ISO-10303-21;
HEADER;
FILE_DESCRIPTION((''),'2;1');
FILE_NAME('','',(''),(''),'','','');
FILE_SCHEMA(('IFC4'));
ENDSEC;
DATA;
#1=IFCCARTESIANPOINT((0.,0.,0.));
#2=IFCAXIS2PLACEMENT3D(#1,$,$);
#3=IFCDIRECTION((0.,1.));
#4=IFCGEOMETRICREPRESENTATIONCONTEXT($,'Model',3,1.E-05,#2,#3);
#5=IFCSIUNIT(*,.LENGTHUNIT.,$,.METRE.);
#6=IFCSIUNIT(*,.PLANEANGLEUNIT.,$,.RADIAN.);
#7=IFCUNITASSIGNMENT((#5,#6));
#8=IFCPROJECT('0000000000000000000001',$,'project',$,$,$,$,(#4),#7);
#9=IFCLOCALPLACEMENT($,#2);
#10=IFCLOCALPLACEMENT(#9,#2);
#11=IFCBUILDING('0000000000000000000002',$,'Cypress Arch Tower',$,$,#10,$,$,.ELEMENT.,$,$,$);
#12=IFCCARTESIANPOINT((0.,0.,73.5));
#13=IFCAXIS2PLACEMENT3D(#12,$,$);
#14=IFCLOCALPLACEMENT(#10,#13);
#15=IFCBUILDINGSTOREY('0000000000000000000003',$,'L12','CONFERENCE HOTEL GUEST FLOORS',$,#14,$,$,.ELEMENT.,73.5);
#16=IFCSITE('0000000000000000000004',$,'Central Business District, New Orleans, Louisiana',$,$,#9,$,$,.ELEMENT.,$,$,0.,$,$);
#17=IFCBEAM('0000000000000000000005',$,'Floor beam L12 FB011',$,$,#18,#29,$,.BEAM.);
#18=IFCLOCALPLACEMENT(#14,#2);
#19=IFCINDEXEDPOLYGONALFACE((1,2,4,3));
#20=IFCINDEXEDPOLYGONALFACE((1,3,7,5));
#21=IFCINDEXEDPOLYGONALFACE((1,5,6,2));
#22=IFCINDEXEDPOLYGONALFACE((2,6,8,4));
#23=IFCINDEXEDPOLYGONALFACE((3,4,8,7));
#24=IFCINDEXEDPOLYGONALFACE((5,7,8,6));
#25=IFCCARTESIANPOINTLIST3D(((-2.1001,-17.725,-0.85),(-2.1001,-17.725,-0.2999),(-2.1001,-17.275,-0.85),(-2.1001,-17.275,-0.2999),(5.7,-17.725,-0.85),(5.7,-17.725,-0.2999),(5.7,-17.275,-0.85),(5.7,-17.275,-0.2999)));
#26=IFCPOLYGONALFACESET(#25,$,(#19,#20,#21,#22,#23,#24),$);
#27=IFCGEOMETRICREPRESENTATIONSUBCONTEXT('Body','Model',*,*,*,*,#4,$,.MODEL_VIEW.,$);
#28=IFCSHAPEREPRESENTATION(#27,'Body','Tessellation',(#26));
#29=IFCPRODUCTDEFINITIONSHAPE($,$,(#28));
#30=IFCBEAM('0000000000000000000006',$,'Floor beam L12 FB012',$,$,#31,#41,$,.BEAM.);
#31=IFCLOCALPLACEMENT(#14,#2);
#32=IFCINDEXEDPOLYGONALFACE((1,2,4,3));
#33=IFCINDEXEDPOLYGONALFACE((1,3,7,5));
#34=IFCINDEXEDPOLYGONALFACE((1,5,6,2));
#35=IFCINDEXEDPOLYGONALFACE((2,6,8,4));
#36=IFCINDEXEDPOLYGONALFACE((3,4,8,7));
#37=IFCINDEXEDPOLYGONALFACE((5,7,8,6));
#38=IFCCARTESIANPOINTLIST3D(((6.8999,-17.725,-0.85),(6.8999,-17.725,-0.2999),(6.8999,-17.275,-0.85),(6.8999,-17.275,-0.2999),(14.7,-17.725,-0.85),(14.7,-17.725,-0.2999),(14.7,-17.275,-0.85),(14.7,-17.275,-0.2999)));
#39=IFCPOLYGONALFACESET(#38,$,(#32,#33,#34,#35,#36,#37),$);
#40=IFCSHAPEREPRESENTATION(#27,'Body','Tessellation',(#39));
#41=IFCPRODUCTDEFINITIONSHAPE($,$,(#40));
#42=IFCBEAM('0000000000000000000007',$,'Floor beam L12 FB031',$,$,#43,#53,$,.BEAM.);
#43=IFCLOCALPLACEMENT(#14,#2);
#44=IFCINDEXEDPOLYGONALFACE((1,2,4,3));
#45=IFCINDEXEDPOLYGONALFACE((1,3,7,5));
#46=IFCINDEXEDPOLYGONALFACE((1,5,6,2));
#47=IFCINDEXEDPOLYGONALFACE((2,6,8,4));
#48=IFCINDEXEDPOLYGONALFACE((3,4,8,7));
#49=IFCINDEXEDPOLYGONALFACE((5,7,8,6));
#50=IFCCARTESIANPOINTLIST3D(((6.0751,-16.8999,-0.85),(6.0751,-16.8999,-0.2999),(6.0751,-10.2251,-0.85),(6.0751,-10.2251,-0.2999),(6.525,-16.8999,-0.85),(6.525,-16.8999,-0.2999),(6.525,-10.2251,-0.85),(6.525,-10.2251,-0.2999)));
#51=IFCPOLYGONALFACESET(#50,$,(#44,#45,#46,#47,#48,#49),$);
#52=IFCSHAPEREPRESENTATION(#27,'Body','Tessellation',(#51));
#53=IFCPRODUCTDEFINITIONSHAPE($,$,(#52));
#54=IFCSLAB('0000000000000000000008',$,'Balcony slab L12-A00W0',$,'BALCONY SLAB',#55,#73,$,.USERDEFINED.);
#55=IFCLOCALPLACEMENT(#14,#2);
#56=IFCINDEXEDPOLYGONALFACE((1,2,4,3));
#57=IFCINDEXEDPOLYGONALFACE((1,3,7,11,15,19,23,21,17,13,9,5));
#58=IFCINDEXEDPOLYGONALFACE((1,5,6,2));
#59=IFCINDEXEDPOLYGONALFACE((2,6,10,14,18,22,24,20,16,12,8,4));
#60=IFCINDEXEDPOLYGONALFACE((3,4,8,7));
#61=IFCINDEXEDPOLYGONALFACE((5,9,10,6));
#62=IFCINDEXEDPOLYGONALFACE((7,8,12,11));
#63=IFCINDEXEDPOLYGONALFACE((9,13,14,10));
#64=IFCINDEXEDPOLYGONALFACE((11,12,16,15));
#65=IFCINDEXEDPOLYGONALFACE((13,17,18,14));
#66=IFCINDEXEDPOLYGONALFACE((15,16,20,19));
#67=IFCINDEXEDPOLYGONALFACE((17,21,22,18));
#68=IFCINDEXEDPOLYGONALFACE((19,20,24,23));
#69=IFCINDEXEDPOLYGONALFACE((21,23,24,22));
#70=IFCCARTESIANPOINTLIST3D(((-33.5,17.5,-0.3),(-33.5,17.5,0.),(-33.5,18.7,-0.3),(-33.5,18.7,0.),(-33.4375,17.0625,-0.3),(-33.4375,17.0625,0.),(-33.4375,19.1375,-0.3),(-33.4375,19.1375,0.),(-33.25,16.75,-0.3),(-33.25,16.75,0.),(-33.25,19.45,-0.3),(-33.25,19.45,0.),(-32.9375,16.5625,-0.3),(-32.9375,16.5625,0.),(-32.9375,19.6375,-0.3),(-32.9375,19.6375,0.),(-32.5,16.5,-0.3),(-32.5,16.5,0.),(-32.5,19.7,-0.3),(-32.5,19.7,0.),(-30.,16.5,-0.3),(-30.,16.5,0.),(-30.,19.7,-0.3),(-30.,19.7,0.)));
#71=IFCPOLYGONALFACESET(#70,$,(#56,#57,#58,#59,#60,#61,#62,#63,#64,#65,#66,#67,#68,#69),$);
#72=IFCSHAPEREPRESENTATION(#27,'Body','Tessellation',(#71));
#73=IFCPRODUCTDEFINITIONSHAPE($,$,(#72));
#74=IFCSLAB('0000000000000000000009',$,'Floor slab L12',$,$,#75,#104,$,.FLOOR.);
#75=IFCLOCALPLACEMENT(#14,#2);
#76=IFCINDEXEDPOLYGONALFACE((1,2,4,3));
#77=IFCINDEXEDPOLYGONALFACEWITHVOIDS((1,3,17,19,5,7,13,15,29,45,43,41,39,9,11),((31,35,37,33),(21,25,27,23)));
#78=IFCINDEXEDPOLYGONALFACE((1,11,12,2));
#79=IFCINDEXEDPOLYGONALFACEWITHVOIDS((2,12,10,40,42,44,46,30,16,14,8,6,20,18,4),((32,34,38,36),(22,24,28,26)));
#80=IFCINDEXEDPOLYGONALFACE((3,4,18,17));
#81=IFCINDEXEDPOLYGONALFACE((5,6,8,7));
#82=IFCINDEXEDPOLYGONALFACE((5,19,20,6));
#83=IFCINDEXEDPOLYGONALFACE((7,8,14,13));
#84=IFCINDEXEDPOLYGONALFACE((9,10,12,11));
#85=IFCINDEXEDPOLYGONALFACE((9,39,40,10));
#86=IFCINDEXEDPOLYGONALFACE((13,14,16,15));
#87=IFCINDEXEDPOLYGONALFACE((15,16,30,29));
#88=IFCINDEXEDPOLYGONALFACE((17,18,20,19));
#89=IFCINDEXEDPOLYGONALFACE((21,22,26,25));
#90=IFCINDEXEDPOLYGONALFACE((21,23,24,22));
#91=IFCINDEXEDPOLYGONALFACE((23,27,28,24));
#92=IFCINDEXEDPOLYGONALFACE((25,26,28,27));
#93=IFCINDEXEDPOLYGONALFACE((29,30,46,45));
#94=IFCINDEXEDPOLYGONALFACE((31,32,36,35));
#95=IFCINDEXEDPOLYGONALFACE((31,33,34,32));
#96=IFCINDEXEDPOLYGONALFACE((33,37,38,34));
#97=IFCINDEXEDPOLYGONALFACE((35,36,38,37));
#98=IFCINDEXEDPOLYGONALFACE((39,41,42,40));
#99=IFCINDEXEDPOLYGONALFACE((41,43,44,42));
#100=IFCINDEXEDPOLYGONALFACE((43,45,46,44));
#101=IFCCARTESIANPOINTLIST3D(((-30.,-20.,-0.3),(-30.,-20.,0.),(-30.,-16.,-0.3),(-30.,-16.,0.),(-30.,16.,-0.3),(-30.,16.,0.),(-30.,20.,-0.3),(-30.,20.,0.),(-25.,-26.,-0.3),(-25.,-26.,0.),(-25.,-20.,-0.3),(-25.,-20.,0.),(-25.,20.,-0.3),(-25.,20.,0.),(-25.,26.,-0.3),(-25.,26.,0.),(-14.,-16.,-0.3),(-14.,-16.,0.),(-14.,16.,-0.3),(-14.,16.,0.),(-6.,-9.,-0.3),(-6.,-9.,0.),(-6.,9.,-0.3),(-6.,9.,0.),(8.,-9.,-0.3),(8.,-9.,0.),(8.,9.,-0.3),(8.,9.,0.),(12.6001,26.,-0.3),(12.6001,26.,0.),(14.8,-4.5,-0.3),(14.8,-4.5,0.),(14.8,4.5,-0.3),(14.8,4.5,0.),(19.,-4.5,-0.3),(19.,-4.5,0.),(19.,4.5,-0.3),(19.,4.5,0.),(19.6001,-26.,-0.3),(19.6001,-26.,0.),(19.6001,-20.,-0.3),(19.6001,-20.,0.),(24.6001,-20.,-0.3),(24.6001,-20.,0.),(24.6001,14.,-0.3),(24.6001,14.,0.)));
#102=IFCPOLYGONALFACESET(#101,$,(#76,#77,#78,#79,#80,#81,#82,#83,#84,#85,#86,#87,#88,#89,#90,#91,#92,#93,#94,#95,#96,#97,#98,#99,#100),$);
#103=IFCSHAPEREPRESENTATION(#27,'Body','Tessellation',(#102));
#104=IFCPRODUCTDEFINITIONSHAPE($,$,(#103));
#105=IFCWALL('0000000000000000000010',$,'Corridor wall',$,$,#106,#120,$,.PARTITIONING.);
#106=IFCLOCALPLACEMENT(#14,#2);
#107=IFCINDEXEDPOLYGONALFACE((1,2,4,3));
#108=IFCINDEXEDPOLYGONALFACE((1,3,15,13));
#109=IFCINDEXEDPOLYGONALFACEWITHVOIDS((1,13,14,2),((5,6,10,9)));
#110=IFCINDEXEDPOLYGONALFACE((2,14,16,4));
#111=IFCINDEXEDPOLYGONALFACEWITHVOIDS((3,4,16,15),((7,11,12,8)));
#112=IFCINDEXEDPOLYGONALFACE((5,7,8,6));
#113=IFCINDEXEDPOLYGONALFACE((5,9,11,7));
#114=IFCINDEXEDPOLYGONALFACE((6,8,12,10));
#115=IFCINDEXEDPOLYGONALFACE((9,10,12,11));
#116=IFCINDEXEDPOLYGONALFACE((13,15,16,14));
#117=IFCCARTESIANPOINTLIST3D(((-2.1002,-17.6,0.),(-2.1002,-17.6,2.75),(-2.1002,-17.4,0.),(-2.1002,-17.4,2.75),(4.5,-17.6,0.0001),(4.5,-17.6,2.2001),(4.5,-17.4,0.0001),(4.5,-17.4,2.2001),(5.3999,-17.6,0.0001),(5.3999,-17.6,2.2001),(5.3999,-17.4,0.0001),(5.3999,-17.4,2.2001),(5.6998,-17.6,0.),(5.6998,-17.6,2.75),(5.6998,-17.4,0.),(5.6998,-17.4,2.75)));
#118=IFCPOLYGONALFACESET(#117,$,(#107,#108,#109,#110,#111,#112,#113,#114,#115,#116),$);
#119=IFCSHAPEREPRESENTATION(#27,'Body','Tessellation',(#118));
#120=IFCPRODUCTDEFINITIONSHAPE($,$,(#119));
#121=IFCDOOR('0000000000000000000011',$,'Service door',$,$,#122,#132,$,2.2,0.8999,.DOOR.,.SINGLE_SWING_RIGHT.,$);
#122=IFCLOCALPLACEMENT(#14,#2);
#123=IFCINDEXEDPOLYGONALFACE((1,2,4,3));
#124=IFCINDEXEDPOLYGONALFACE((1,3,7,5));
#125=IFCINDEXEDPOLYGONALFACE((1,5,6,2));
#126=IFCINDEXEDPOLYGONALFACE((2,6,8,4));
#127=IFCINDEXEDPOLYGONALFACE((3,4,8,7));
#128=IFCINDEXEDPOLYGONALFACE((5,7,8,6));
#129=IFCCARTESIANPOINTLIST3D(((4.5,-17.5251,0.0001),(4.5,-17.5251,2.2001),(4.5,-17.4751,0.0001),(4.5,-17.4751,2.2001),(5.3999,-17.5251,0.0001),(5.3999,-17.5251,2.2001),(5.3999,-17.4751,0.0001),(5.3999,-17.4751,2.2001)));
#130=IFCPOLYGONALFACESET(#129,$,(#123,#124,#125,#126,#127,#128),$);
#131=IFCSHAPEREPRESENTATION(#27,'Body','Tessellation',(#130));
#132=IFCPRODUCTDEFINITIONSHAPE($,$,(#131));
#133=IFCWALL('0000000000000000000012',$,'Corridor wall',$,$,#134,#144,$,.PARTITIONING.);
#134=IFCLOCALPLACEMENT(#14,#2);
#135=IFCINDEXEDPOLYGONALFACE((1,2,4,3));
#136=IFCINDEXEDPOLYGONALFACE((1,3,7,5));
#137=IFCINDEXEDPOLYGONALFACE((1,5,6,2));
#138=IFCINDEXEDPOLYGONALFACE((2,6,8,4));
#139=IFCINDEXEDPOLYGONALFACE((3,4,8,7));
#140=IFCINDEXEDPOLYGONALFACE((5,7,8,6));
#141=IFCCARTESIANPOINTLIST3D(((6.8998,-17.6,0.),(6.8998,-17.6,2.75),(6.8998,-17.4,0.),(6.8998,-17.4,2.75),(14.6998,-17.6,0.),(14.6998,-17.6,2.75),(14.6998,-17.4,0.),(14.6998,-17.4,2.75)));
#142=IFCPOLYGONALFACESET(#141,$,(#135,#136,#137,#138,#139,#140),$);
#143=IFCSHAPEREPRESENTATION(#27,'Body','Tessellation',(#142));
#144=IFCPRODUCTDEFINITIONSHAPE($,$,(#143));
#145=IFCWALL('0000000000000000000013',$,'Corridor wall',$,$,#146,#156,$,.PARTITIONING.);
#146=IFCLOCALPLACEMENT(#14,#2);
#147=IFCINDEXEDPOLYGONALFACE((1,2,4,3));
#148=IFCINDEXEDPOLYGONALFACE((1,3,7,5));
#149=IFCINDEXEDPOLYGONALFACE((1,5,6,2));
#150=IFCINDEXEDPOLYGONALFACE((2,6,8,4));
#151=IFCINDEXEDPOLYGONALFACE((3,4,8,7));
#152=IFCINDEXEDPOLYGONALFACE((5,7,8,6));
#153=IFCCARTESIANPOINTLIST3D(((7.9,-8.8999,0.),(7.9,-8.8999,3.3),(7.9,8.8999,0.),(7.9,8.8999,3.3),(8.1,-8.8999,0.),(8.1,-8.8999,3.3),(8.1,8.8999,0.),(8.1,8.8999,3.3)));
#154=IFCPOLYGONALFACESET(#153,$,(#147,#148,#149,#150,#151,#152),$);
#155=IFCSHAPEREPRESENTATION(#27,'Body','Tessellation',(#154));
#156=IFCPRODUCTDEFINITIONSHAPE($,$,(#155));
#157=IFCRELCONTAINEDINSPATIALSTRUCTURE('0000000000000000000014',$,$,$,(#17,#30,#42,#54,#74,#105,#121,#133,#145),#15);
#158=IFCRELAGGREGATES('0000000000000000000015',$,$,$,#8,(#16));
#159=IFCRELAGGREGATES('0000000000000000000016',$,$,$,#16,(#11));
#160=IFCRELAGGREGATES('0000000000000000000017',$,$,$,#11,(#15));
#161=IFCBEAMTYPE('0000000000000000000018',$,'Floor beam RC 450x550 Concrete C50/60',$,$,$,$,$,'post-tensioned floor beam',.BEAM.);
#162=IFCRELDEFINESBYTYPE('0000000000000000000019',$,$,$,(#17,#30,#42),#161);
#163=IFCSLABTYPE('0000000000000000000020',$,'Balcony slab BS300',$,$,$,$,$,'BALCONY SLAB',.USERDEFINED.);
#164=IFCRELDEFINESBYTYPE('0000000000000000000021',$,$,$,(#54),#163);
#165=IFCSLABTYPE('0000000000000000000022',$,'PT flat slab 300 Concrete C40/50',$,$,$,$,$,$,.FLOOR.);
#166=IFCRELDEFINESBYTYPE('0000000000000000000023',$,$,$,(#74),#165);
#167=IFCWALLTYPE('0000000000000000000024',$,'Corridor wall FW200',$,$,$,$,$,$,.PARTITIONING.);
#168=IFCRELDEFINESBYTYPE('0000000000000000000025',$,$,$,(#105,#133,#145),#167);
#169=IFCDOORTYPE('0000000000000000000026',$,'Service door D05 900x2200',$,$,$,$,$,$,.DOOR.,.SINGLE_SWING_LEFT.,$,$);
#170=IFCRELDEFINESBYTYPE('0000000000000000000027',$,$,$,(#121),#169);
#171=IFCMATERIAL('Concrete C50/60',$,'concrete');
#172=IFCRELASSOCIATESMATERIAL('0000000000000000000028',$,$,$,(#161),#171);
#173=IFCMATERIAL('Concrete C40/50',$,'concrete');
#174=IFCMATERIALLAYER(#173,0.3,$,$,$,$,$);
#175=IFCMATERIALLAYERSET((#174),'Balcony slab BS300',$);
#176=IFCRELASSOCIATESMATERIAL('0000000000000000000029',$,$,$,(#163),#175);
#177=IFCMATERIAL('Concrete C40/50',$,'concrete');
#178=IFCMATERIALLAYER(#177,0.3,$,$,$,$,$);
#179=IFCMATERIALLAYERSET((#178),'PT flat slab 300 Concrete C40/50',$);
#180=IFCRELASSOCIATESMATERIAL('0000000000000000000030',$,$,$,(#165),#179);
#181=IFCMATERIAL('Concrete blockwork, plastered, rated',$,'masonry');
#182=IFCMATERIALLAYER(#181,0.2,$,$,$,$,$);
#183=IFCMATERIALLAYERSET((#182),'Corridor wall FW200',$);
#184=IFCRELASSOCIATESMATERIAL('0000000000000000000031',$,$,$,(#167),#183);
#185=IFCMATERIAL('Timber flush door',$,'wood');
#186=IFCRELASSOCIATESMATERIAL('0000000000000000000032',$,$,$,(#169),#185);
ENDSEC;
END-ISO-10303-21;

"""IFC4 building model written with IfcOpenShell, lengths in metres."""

from ifc_helpers import new_model, si_unit, direction, frame, frame_2d, origin, origin_2d, place, context, subcontext, project, spatial, polyline, rectangle, outline, extrude, material, layer, layer_set, material_profile, profile_set, type_object, element, fill, save


model = new_model("IFC4")

# Units and contexts
model_context = context("Model", 3, precision=1e-05, world=origin(), true_north=direction((0.0, 1.0)))
body_context = subcontext(model_context, "Body", "Model", "MODEL_VIEW")
ifc_project = project(units=[si_unit("LENGTHUNIT", "METRE"), si_unit("PLANEANGLEUNIT", "RADIAN")], contexts=[model_context])

# Site, building, storey
site_placement = place(None, origin())
site = spatial("IfcSite", under=ifc_project, at=site_placement, Name="Central Business District, New Orleans, Louisiana", CompositionType="ELEMENT", RefElevation=0.0)
building_placement = place(site_placement, origin())
building = spatial("IfcBuilding", under=site, at=building_placement, Name="Cypress Arch Tower", CompositionType="ELEMENT")
storey_placement = place(building_placement, frame((0.0, 0.0, 73.5)))
storey = spatial("IfcBuildingStorey", under=building, at=storey_placement, Name="L12", Description="CONFERENCE HOTEL GUEST FLOORS", CompositionType="ELEMENT", Elevation=73.5)

# Beams
ifc_material_1 = material(Name="Concrete C50/60", Category="concrete")
ifc_material_profile_1 = material_profile(ifc_material_1, rectangle(XDim=0.45, YDim=0.55, at=origin_2d()), Name="RC 450x550")
ifc_profile_set_1 = profile_set([ifc_material_profile_1], Name="Concrete C50/60")
beam_type_1 = type_object("IfcBeamType", Name="Floor beam RC 450x550 Concrete C50/60", ElementType="post-tensioned floor beam", PredefinedType="BEAM", material=ifc_profile_set_1)
for number, where, z_axis, x_axis, name in (
    (1, (-2.1001, -17.5, -0.575), (1.0, 0.0, 0.0), (0.0, 1.0, 0.0), "Floor beam L12 FB011"),
    (2, (6.8999, -17.5, -0.575), (1.0, 0.0, 0.0), (0.0, 1.0, 0.0), "Floor beam L12 FB012"),
):
    element("IfcBeam", number, at=place(storey_placement, frame(where, z_axis=z_axis, x_axis=x_axis)), inside=storey, type_object=beam_type_1, Name=name, PredefinedType="BEAM", context=body_context, shape_type="SweptSolid", body=[
        extrude(rectangle(XDim=0.45, YDim=0.55, at=origin_2d()), origin(), (0.0, 0.0, 1.0), 7.8),
    ])
beam_1_placement = place(storey_placement, frame((6.3, -16.8999, -0.575), z_axis=(0.0, 1.0, 0.0), x_axis=(-1.0, 0.0, 0.0)))
element("IfcBeam", 3, at=beam_1_placement, inside=storey, type_object=beam_type_1, Name="Floor beam L12 FB031", PredefinedType="BEAM", context=body_context, shape_type="SweptSolid", body=[
    extrude(rectangle(XDim=0.45, YDim=0.55, at=origin_2d()), origin(), (0.0, 0.0, 1.0), 6.6748),
])

# Slabs
ifc_material_2 = material(Name="Concrete C40/50", Category="concrete")
ifc_layer_1 = layer(ifc_material_2, 0.3)
ifc_layer_set_1 = layer_set([ifc_layer_1], Name="Balcony slab BS300")
slab_type_1 = type_object("IfcSlabType", Name="Balcony slab BS300", ElementType="BALCONY SLAB", PredefinedType="USERDEFINED", material=ifc_layer_set_1)
slab_1_placement = place(storey_placement, frame((0.0, 0.0, -0.3)))
element("IfcSlab", 4, at=slab_1_placement, inside=storey, type_object=slab_type_1, Name="Balcony slab L12-A00W0", ObjectType="BALCONY SLAB", PredefinedType="USERDEFINED", context=body_context, shape_type="SweptSolid", body=[
    extrude(outline(polyline([(-30.0, 19.7), (-32.5, 19.7), (-32.9375, 19.6375), (-33.25, 19.45), (-33.4375, 19.1375), (-33.5, 18.7), (-33.5, 17.5), (-33.4375, 17.0625), (-33.25, 16.75), (-32.9375, 16.5625), (-32.5, 16.5), (-30.0, 16.5), (-30.0, 19.7)])), origin(), (0.0, 0.0, 1.0), 0.3),
])
ifc_material_3 = material(Name="Concrete C40/50", Category="concrete")
ifc_layer_2 = layer(ifc_material_3, 0.3)
ifc_layer_set_2 = layer_set([ifc_layer_2], Name="PT flat slab 300 Concrete C40/50")
slab_type_2 = type_object("IfcSlabType", Name="PT flat slab 300 Concrete C40/50", PredefinedType="FLOOR", material=ifc_layer_set_2)
slab_2_placement = place(storey_placement, frame((0.0, 0.0, -0.3)))
element("IfcSlab", 5, at=slab_2_placement, inside=storey, type_object=slab_type_2, Name="Floor slab L12", PredefinedType="FLOOR", context=body_context, shape_type="SweptSolid", body=[
    extrude(outline(polyline([(-30.0, 20.0), (-25.0, 20.0), (-25.0, 26.0), (12.6001, 26.0), (24.6001, 14.0), (24.6001, -20.0), (19.6001, -20.0), (19.6001, -26.0), (-25.0, -26.0), (-25.0, -20.0), (-30.0, -20.0), (-30.0, -16.0), (-14.0, -16.0), (-14.0, 16.0), (-30.0, 16.0), (-30.0, 20.0)]), holes=[polyline([(-6.0, -9.0), (8.0, -9.0), (8.0, 9.0), (-6.0, 9.0), (-6.0, -9.0)]), polyline([(14.8, -4.5), (19.0, -4.5), (19.0, 4.5), (14.8, 4.5), (14.8, -4.5)])]), origin(), (0.0, 0.0, 1.0), 0.3),
])

# Wall, opening, door
ifc_material_4 = material(Name="Concrete blockwork, plastered, rated", Category="masonry")
ifc_layer_3 = layer(ifc_material_4, 0.2)
ifc_layer_set_3 = layer_set([ifc_layer_3], Name="Corridor wall FW200")
wall_type_1 = type_object("IfcWallType", Name="Corridor wall FW200", PredefinedType="PARTITIONING", material=ifc_layer_set_3)
wall_1_placement = place(storey_placement, frame((-2.1001, -17.5, 0.0), z_axis=(0.0, 0.0, 1.0), x_axis=(1.0, 0.0, 0.0)))
wall_1 = element("IfcWall", 6, at=wall_1_placement, inside=storey, type_object=wall_type_1, Name="Corridor wall", PredefinedType="PARTITIONING", context=body_context, shape_type="SweptSolid", body=[
    extrude(rectangle(XDim=7.8, YDim=0.2, at=frame_2d((3.8999, 0.0))), origin(), (0.0, 0.0, 1.0), 2.75),
])
opening_1_placement = place(wall_1_placement, frame((6.6001, 0.0, 0.0)))
opening_1 = element("IfcOpeningElement", 7, at=opening_1_placement, cuts=wall_1, PredefinedType="OPENING", context=body_context, shape_type="SweptSolid", body=[
    extrude(rectangle(XDim=0.8999, YDim=2.2, at=frame_2d((0.45, 1.1001))), frame((0.0, 0.1099, 0.0), z_axis=(0.0, -1.0, 0.0), x_axis=(1.0, 0.0, 0.0)), (0.0, 0.0, 1.0), 0.22),
])
ifc_material_5 = material(Name="Timber flush door", Category="wood")
door_type_1 = type_object("IfcDoorType", Name="Service door D05 900x2200", OperationType="SINGLE_SWING_LEFT", PredefinedType="DOOR", material=ifc_material_5)
door_1_placement = place(opening_1_placement, origin())
door_1 = element("IfcDoor", 8, at=door_1_placement, inside=storey, type_object=door_type_1, Name="Service door", OperationType="SINGLE_SWING_RIGHT", OverallHeight=2.2, OverallWidth=0.8999, PredefinedType="DOOR", context=body_context, shape_type="SweptSolid", body=[
    extrude(rectangle(XDim=0.8999, YDim=2.2, at=frame_2d((0.45, 1.1001))), frame((0.0, 0.0249, 0.0), z_axis=(0.0, -1.0, 0.0), x_axis=(1.0, 0.0, 0.0)), (0.0, 0.0, 1.0), 0.05),
])
fill(opening_1, door_1)

# Walls
wall_2_placement = place(storey_placement, frame((6.8999, -17.5, 0.0), z_axis=(0.0, 0.0, 1.0), x_axis=(1.0, 0.0, 0.0)))
element("IfcWall", 9, at=wall_2_placement, inside=storey, type_object=wall_type_1, Name="Corridor wall", PredefinedType="PARTITIONING", context=body_context, shape_type="SweptSolid", body=[
    extrude(rectangle(XDim=7.8, YDim=0.2, at=frame_2d((3.8999, 0.0))), origin(), (0.0, 0.0, 1.0), 2.75),
])
wall_3_placement = place(storey_placement, frame((8.0, -8.8999, 0.0), z_axis=(0.0, 0.0, 1.0), x_axis=(0.0, 1.0, 0.0)))
element("IfcWall", 10, at=wall_3_placement, inside=storey, type_object=wall_type_1, Name="Corridor wall", PredefinedType="PARTITIONING", context=body_context, shape_type="SweptSolid", body=[
    extrude(rectangle(XDim=17.7998, YDim=0.2, at=frame_2d((8.8999, 0.0))), origin(), (0.0, 0.0, 1.0), 3.3),
])

save(model, "model.ifc")
